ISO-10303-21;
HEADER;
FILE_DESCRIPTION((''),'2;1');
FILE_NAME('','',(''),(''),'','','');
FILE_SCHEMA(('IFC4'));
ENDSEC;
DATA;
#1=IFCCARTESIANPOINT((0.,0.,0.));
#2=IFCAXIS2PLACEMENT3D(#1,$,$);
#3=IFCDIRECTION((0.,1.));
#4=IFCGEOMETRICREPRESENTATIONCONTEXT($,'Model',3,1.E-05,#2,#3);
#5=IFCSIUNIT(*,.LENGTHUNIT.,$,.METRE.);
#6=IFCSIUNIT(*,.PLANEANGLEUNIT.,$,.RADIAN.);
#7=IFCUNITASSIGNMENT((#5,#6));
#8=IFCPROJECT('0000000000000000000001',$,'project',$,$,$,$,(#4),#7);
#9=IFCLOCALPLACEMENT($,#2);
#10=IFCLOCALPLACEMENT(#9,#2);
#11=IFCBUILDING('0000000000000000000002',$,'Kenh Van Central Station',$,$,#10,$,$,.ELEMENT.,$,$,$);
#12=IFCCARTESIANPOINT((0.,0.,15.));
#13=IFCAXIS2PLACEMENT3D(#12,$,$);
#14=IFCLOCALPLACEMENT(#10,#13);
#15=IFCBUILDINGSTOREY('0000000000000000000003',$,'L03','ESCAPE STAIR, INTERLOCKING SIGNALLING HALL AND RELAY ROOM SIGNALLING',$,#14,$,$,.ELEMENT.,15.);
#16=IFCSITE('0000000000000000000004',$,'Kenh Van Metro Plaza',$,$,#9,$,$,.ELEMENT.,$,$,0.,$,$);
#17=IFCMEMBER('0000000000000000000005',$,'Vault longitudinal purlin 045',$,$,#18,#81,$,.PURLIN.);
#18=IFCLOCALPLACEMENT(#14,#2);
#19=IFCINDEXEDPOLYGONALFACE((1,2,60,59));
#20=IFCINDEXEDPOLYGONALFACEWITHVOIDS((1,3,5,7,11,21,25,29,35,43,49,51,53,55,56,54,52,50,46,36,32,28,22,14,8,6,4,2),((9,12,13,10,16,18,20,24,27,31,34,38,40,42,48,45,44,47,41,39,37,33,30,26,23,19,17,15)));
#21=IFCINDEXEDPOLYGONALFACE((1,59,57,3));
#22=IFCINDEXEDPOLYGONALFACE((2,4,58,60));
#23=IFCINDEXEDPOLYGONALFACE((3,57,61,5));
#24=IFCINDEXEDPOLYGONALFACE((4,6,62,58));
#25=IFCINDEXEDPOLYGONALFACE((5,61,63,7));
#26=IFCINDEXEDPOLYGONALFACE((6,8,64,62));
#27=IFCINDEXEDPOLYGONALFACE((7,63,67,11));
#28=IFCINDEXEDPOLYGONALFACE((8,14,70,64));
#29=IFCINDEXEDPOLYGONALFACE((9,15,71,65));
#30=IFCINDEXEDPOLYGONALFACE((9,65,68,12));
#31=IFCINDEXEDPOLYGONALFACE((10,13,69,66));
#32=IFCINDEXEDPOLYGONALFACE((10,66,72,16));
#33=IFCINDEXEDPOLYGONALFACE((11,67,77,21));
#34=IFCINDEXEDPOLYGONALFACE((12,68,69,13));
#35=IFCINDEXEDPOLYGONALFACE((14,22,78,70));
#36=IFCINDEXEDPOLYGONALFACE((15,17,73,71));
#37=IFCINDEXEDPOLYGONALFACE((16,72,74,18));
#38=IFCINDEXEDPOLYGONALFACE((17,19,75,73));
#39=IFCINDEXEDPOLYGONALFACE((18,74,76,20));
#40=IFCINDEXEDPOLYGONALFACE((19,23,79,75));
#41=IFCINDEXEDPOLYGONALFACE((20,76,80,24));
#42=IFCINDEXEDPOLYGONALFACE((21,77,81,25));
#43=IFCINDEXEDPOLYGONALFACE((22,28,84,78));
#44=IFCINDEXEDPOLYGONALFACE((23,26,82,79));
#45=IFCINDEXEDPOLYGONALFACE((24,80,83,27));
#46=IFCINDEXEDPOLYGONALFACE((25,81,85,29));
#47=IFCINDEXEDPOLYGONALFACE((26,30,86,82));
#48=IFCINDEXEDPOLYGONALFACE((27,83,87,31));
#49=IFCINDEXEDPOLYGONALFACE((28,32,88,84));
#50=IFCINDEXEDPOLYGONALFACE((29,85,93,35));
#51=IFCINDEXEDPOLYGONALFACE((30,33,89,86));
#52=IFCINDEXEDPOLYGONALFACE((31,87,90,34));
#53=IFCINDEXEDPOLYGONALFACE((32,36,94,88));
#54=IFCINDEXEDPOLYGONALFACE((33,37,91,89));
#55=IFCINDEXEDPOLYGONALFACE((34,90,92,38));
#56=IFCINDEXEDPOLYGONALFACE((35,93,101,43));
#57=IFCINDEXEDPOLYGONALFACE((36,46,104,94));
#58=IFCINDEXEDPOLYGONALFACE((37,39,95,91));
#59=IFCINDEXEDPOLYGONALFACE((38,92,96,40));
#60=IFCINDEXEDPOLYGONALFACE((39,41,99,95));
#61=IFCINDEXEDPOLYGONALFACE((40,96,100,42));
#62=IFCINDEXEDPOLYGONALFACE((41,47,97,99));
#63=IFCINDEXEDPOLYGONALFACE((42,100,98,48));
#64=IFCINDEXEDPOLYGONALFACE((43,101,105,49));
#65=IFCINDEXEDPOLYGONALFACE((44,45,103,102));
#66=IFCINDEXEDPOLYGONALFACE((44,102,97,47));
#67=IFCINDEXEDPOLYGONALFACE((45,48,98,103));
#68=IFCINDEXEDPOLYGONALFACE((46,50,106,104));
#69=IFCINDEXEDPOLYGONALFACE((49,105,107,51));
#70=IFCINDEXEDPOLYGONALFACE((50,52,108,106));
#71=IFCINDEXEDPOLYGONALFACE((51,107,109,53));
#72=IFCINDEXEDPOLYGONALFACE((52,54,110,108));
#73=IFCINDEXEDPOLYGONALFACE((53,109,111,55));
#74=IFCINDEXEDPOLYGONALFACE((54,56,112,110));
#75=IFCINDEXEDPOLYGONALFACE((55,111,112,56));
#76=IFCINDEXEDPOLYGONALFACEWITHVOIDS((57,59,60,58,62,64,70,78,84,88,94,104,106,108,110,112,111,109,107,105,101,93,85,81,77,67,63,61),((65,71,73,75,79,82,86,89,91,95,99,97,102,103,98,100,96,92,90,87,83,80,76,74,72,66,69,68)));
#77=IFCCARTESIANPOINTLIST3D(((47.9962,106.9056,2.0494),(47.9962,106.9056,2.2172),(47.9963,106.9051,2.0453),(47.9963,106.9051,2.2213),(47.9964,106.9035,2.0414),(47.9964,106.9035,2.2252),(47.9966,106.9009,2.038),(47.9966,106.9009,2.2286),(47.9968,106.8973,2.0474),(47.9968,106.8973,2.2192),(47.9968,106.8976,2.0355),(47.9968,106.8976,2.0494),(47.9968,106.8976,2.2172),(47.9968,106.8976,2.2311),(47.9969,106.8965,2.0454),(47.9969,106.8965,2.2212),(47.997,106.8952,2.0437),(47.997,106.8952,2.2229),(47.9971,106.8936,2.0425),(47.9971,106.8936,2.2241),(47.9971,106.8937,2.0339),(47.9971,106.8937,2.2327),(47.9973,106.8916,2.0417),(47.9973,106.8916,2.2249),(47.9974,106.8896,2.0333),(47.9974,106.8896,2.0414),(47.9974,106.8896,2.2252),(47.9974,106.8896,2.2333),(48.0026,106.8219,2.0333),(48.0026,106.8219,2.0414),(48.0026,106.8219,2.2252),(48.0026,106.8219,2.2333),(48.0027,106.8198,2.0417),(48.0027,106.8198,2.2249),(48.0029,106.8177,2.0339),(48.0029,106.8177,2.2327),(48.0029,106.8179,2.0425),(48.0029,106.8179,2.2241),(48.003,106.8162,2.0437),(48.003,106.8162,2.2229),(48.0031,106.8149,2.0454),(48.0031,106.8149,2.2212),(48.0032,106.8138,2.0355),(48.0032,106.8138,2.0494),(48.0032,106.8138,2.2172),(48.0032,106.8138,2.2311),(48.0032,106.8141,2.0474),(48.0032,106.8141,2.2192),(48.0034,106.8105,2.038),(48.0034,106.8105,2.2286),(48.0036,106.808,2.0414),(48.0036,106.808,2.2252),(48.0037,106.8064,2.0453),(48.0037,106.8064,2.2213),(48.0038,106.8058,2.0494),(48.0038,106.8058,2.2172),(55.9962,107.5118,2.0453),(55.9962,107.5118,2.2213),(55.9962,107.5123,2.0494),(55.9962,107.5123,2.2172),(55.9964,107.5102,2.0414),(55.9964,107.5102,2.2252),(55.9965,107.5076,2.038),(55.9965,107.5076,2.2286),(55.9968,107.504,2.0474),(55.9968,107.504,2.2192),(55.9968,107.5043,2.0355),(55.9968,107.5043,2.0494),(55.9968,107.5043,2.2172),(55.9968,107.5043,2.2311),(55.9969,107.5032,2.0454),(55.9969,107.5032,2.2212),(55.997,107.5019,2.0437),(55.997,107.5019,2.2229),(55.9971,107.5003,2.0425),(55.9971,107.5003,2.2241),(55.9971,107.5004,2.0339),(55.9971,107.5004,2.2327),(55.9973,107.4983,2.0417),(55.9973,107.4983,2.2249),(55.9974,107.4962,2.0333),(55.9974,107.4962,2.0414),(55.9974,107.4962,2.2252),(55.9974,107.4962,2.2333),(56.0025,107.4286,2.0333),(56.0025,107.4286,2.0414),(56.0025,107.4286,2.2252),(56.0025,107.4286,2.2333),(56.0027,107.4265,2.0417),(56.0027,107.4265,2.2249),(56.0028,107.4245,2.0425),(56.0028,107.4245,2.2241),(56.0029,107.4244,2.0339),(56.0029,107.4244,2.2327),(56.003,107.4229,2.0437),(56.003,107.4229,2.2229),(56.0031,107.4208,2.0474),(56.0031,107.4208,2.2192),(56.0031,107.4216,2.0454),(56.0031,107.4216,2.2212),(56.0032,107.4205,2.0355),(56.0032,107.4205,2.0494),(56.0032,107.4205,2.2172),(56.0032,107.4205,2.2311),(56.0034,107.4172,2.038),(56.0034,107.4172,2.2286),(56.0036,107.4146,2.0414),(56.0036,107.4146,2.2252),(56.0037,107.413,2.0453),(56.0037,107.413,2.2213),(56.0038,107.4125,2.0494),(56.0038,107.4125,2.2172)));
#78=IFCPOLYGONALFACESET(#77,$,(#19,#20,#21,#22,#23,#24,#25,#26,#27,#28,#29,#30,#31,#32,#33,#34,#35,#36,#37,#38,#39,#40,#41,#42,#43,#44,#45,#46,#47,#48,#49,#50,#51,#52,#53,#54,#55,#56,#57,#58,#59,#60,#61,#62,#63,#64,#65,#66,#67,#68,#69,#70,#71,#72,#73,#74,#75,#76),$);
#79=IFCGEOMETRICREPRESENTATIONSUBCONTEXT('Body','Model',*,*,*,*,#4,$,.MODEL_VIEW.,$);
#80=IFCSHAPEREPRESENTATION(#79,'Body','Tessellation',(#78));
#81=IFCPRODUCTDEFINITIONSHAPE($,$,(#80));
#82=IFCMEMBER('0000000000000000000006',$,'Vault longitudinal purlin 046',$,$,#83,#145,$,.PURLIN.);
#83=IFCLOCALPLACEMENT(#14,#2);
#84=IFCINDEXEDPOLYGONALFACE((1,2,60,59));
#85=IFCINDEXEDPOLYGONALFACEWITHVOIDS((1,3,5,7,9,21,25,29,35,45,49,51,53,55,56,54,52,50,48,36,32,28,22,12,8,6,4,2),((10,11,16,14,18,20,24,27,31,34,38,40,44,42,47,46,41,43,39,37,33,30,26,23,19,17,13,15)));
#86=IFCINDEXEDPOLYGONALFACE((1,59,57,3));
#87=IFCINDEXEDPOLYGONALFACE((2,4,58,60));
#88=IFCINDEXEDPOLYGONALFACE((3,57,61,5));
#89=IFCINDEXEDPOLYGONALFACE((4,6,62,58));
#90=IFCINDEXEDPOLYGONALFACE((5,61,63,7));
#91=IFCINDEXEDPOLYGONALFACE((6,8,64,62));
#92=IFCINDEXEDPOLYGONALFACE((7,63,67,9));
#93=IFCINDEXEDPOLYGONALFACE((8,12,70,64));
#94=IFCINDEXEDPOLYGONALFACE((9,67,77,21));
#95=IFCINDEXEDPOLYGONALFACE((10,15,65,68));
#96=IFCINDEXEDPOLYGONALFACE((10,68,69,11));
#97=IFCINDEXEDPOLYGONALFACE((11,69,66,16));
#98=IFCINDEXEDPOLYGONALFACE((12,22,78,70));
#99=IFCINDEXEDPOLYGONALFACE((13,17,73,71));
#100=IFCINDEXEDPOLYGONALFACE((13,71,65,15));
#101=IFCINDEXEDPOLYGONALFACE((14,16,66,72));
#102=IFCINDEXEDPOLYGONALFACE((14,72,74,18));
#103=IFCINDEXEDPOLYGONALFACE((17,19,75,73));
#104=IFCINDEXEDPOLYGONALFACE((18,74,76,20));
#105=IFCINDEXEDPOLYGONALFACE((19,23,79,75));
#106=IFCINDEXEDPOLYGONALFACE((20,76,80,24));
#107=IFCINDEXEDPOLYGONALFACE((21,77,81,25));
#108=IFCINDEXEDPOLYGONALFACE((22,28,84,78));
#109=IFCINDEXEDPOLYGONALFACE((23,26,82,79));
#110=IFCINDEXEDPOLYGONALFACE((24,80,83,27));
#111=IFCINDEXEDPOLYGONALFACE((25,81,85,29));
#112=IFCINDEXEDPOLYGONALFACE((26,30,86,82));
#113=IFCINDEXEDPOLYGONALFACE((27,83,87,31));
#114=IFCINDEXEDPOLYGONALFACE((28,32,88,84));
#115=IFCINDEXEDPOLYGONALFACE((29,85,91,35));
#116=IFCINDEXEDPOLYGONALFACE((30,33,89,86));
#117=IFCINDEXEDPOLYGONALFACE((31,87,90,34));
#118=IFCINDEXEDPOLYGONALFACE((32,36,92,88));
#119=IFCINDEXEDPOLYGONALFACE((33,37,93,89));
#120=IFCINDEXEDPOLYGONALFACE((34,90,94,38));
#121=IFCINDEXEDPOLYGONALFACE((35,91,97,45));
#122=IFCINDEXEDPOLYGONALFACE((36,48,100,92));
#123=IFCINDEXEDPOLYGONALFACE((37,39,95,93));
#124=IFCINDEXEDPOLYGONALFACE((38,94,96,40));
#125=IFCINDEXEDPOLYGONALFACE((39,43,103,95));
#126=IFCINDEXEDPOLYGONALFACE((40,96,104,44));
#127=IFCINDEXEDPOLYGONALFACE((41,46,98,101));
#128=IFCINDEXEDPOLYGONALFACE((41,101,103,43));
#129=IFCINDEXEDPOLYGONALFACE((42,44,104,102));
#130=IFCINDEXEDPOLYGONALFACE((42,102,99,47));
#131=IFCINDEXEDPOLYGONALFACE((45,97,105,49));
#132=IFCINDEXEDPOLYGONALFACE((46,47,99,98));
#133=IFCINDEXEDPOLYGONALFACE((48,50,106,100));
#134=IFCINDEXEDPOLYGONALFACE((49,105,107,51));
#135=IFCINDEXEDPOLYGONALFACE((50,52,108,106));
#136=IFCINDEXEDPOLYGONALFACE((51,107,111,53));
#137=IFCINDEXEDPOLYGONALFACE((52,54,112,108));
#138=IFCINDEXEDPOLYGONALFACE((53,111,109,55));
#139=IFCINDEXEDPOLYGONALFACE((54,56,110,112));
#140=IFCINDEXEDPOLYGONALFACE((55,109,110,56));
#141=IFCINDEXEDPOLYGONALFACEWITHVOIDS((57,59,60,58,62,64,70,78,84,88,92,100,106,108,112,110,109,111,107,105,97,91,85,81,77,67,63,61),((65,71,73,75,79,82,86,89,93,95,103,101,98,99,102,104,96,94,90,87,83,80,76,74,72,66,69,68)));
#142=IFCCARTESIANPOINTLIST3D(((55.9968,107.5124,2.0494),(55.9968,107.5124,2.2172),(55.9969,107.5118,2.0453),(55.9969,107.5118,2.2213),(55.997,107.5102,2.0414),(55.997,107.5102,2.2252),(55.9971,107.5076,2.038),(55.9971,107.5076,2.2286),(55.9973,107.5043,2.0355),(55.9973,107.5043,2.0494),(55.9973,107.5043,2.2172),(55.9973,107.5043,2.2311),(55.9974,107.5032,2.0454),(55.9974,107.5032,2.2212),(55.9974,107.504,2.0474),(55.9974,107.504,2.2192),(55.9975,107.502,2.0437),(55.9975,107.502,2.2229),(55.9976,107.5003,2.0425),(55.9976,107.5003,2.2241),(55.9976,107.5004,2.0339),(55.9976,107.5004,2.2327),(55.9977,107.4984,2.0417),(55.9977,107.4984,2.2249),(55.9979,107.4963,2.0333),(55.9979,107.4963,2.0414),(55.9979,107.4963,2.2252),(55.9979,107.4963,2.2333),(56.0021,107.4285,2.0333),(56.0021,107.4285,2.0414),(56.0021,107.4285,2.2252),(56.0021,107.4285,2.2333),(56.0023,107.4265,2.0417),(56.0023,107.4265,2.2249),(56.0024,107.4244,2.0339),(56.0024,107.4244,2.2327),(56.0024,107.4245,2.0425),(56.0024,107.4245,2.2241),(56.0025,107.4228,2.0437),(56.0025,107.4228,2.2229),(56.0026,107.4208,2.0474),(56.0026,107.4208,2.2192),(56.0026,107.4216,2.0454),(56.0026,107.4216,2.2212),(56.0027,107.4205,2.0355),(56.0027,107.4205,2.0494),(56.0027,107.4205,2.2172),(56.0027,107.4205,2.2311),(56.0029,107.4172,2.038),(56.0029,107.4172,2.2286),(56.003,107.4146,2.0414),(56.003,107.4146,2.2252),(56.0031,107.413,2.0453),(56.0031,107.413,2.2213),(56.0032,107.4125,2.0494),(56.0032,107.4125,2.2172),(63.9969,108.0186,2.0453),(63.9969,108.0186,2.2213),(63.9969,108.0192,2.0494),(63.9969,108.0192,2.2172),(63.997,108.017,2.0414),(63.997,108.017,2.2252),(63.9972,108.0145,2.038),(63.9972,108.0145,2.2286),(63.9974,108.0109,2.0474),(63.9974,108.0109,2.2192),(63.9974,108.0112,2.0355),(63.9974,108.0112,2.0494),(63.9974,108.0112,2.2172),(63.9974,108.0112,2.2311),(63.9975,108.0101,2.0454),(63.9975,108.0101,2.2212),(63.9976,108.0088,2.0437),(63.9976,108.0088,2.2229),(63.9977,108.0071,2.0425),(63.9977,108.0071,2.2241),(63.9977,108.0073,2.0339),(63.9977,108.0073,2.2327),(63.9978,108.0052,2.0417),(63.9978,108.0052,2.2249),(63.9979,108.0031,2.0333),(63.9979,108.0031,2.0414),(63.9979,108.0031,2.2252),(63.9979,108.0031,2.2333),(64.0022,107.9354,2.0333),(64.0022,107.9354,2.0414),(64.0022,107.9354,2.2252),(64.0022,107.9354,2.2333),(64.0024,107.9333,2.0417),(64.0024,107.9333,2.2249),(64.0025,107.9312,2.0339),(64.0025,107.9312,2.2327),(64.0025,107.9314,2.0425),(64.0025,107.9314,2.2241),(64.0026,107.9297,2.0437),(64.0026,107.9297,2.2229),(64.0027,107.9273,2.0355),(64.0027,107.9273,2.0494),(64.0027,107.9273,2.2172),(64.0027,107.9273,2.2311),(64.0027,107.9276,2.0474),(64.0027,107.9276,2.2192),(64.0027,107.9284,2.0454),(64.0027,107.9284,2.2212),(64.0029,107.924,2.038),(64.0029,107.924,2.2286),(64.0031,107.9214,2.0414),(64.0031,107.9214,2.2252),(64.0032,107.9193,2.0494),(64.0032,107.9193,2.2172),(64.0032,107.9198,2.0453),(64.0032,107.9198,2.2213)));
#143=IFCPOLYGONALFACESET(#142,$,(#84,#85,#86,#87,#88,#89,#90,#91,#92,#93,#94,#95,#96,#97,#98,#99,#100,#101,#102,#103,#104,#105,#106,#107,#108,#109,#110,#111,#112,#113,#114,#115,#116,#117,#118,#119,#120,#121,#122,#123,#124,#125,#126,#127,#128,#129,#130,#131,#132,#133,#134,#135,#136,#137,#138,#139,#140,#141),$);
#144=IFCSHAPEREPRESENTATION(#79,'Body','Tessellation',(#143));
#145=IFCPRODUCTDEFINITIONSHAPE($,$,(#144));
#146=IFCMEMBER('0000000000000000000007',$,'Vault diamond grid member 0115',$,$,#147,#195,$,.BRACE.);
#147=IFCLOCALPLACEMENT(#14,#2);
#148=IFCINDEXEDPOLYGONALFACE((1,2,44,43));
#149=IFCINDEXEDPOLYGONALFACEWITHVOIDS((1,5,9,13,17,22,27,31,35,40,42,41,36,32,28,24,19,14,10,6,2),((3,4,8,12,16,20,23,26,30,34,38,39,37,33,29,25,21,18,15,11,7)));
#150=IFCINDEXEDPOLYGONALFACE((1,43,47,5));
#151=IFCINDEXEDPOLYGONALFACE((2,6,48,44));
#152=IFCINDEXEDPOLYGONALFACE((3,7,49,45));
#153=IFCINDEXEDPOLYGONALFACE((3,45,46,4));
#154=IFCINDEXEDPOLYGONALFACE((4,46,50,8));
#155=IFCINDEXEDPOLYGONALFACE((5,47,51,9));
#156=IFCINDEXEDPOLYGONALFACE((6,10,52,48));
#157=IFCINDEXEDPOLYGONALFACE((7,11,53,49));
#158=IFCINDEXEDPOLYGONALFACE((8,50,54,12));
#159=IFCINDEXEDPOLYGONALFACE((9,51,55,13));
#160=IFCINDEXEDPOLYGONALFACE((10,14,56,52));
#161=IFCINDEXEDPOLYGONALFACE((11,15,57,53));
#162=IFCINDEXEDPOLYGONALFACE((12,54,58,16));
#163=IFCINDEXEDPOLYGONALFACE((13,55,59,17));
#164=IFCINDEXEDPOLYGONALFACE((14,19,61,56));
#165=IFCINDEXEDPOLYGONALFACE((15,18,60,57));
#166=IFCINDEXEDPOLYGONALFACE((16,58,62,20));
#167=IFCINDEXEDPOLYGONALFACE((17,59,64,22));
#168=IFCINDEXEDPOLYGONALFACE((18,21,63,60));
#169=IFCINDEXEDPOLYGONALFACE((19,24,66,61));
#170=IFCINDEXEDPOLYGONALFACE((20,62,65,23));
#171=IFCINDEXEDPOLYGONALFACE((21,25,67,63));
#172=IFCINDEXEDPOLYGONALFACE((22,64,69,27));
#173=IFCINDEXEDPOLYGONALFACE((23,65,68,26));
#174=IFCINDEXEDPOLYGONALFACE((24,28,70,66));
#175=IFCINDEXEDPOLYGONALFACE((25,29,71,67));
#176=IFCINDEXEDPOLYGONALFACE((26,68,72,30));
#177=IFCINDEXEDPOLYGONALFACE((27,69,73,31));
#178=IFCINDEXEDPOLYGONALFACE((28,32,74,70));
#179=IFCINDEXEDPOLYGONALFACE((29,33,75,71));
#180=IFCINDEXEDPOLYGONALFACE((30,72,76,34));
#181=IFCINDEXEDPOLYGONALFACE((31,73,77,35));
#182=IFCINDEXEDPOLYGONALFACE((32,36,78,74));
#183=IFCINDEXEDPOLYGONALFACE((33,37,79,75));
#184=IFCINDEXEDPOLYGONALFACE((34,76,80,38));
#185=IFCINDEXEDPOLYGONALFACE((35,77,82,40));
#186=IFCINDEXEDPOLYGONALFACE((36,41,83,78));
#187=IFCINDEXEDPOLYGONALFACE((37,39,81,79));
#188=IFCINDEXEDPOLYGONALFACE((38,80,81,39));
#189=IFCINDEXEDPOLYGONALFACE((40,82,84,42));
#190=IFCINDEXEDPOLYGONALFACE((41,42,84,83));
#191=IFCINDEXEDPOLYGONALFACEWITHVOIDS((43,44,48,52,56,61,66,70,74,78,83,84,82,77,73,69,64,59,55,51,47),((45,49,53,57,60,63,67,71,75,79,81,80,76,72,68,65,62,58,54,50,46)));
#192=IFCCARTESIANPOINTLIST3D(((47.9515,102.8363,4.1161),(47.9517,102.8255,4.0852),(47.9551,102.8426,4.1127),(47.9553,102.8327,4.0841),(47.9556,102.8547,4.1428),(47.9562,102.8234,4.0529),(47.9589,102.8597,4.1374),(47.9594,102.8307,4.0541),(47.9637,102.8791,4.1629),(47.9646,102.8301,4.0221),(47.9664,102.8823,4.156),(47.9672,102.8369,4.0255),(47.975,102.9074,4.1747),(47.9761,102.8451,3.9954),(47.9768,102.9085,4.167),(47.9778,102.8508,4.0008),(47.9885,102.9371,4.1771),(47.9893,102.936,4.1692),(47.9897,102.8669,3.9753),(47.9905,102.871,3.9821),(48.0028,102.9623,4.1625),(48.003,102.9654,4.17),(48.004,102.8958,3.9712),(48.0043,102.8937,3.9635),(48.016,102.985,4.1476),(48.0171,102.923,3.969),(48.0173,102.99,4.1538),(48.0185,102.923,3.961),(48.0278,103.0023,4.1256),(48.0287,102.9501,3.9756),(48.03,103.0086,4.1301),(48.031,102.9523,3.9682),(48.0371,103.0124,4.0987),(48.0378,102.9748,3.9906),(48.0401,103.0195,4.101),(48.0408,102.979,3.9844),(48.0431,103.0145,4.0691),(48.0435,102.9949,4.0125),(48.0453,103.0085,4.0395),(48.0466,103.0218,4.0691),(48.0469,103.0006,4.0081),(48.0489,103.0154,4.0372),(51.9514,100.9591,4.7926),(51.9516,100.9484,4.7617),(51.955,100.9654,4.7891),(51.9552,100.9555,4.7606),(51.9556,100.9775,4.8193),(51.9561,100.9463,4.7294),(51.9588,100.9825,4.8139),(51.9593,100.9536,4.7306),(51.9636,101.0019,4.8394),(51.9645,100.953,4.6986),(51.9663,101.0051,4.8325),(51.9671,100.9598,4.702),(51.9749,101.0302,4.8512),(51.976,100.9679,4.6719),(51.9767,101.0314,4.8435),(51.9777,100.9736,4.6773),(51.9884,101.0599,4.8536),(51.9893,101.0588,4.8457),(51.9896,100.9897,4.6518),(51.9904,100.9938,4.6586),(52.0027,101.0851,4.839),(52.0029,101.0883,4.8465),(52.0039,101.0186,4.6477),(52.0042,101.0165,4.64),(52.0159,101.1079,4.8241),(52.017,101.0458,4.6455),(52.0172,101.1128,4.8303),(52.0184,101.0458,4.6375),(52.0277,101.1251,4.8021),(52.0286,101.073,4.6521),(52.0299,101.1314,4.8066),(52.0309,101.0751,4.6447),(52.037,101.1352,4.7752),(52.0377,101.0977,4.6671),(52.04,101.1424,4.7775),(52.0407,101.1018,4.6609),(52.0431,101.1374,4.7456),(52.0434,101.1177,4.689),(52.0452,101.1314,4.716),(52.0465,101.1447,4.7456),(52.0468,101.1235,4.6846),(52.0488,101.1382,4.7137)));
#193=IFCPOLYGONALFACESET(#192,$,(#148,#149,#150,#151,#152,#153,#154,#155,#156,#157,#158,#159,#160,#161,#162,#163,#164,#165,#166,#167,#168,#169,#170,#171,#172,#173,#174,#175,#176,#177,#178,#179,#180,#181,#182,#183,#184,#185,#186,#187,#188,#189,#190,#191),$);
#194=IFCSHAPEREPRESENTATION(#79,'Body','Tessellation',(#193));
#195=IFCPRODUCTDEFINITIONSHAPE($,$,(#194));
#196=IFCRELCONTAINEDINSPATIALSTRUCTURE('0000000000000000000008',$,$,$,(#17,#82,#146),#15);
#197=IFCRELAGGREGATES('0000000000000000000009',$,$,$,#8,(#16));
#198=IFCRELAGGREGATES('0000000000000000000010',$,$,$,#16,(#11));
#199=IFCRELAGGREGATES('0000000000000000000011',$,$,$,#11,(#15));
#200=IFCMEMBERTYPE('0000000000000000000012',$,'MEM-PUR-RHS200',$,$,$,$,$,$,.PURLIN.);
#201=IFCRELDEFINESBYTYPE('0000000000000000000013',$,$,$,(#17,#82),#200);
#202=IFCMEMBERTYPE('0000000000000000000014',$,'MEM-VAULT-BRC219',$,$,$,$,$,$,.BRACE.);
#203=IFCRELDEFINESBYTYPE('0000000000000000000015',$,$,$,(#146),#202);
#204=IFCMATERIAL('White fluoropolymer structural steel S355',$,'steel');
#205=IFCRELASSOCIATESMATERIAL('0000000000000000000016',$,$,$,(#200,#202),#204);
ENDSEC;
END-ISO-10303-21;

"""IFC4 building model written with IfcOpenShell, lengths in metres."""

from ifc_helpers import new_model, si_unit, direction, frame, origin, origin_2d, place, context, subcontext, project, spatial, hollow_rectangle, hollow_circle, extrude, material, material_profile, profile_set, type_object, element, save


model = new_model("IFC4")

# Units and contexts
model_context = context("Model", 3, precision=1e-05, world=origin(), true_north=direction((0.0, 1.0)))
body_context = subcontext(model_context, "Body", "Model", "MODEL_VIEW")
ifc_project = project(units=[si_unit("LENGTHUNIT", "METRE"), si_unit("PLANEANGLEUNIT", "RADIAN")], contexts=[model_context])

# Site, building, storey
site_placement = place(None, origin())
site = spatial("IfcSite", under=ifc_project, at=site_placement, Name="Kenh Van Metro Plaza", CompositionType="ELEMENT", RefElevation=0.0)
building_placement = place(site_placement, origin())
building = spatial("IfcBuilding", under=site, at=building_placement, Name="Kenh Van Central Station", CompositionType="ELEMENT")
storey_placement = place(building_placement, frame((0.0, 0.0, 15.0)))
storey = spatial("IfcBuildingStorey", under=building, at=storey_placement, Name="L03", Description="ESCAPE STAIR, INTERLOCKING SIGNALLING HALL AND RELAY ROOM SIGNALLING", CompositionType="ELEMENT", Elevation=15.0)

# Shared definitions
ifc_material_1 = material(Name="White fluoropolymer structural steel S355", Category="steel")

# Members
ifc_material_profile_1 = material_profile(ifc_material_1, hollow_rectangle(XDim=0.1001, YDim=0.2, WallThickness=0.0081, InnerFilletRadius=0.0081, OuterFilletRadius=0.0161, at=origin_2d()), Name="RHS 200x100x8")
ifc_profile_set_1 = profile_set([ifc_material_profile_1], Name="White fluoropolymer structural steel S355")
member_type_1 = type_object("IfcMemberType", Name="MEM-PUR-RHS200", PredefinedType="PURLIN", material=ifc_profile_set_1)
member_1_placement = place(storey_placement, frame((48.0, 106.8557, 2.1333), z_axis=(0.997137, 0.075619, 0.0), x_axis=(-0.075619, 0.997137, 0.0)))
element("IfcMember", 1, at=member_1_placement, inside=storey, type_object=member_type_1, Name="Vault longitudinal purlin 045", PredefinedType="PURLIN", context=body_context, shape_type="SweptSolid", body=[
    extrude(hollow_rectangle(XDim=0.1001, YDim=0.2, WallThickness=0.0081, InnerFilletRadius=0.0081, OuterFilletRadius=0.0161, at=origin_2d()), origin(), (0.0, 0.0, 1.0), 8.0229),
])
member_2_placement = place(storey_placement, frame((56.0, 107.4624, 2.1333), z_axis=(0.997999, 0.063228, 0.0), x_axis=(-0.063228, 0.997999, 0.0)))
element("IfcMember", 2, at=member_2_placement, inside=storey, type_object=member_type_1, Name="Vault longitudinal purlin 046", PredefinedType="PURLIN", context=body_context, shape_type="SweptSolid", body=[
    extrude(hollow_rectangle(XDim=0.1001, YDim=0.2, WallThickness=0.0081, InnerFilletRadius=0.0081, OuterFilletRadius=0.0161, at=origin_2d()), origin(), (0.0, 0.0, 1.0), 8.0161),
])
ifc_material_profile_2 = material_profile(ifc_material_1, hollow_circle(Radius=0.1096, WallThickness=0.0081, at=origin_2d()), Name="CHS 219.1x8")
ifc_profile_set_2 = profile_set([ifc_material_profile_2], Name="White fluoropolymer structural steel S355")
member_type_2 = type_object("IfcMemberType", Name="MEM-VAULT-BRC219", PredefinedType="BRACE", material=ifc_profile_set_2)
member_3_placement = place(storey_placement, frame((48.0, 102.9226, 4.0691), z_axis=(0.89484, -0.419948, 0.151343), x_axis=(0.424842, 0.905268, 0.0)))
element("IfcMember", 3, at=member_3_placement, inside=storey, type_object=member_type_2, Name="Vault diamond grid member 0115", PredefinedType="BRACE", context=body_context, shape_type="SweptSolid", body=[
    extrude(hollow_circle(Radius=0.1096, WallThickness=0.0081, at=origin_2d()), origin(), (0.0, 0.0, 1.0), 4.47),
])

save(model, "model.ifc")
